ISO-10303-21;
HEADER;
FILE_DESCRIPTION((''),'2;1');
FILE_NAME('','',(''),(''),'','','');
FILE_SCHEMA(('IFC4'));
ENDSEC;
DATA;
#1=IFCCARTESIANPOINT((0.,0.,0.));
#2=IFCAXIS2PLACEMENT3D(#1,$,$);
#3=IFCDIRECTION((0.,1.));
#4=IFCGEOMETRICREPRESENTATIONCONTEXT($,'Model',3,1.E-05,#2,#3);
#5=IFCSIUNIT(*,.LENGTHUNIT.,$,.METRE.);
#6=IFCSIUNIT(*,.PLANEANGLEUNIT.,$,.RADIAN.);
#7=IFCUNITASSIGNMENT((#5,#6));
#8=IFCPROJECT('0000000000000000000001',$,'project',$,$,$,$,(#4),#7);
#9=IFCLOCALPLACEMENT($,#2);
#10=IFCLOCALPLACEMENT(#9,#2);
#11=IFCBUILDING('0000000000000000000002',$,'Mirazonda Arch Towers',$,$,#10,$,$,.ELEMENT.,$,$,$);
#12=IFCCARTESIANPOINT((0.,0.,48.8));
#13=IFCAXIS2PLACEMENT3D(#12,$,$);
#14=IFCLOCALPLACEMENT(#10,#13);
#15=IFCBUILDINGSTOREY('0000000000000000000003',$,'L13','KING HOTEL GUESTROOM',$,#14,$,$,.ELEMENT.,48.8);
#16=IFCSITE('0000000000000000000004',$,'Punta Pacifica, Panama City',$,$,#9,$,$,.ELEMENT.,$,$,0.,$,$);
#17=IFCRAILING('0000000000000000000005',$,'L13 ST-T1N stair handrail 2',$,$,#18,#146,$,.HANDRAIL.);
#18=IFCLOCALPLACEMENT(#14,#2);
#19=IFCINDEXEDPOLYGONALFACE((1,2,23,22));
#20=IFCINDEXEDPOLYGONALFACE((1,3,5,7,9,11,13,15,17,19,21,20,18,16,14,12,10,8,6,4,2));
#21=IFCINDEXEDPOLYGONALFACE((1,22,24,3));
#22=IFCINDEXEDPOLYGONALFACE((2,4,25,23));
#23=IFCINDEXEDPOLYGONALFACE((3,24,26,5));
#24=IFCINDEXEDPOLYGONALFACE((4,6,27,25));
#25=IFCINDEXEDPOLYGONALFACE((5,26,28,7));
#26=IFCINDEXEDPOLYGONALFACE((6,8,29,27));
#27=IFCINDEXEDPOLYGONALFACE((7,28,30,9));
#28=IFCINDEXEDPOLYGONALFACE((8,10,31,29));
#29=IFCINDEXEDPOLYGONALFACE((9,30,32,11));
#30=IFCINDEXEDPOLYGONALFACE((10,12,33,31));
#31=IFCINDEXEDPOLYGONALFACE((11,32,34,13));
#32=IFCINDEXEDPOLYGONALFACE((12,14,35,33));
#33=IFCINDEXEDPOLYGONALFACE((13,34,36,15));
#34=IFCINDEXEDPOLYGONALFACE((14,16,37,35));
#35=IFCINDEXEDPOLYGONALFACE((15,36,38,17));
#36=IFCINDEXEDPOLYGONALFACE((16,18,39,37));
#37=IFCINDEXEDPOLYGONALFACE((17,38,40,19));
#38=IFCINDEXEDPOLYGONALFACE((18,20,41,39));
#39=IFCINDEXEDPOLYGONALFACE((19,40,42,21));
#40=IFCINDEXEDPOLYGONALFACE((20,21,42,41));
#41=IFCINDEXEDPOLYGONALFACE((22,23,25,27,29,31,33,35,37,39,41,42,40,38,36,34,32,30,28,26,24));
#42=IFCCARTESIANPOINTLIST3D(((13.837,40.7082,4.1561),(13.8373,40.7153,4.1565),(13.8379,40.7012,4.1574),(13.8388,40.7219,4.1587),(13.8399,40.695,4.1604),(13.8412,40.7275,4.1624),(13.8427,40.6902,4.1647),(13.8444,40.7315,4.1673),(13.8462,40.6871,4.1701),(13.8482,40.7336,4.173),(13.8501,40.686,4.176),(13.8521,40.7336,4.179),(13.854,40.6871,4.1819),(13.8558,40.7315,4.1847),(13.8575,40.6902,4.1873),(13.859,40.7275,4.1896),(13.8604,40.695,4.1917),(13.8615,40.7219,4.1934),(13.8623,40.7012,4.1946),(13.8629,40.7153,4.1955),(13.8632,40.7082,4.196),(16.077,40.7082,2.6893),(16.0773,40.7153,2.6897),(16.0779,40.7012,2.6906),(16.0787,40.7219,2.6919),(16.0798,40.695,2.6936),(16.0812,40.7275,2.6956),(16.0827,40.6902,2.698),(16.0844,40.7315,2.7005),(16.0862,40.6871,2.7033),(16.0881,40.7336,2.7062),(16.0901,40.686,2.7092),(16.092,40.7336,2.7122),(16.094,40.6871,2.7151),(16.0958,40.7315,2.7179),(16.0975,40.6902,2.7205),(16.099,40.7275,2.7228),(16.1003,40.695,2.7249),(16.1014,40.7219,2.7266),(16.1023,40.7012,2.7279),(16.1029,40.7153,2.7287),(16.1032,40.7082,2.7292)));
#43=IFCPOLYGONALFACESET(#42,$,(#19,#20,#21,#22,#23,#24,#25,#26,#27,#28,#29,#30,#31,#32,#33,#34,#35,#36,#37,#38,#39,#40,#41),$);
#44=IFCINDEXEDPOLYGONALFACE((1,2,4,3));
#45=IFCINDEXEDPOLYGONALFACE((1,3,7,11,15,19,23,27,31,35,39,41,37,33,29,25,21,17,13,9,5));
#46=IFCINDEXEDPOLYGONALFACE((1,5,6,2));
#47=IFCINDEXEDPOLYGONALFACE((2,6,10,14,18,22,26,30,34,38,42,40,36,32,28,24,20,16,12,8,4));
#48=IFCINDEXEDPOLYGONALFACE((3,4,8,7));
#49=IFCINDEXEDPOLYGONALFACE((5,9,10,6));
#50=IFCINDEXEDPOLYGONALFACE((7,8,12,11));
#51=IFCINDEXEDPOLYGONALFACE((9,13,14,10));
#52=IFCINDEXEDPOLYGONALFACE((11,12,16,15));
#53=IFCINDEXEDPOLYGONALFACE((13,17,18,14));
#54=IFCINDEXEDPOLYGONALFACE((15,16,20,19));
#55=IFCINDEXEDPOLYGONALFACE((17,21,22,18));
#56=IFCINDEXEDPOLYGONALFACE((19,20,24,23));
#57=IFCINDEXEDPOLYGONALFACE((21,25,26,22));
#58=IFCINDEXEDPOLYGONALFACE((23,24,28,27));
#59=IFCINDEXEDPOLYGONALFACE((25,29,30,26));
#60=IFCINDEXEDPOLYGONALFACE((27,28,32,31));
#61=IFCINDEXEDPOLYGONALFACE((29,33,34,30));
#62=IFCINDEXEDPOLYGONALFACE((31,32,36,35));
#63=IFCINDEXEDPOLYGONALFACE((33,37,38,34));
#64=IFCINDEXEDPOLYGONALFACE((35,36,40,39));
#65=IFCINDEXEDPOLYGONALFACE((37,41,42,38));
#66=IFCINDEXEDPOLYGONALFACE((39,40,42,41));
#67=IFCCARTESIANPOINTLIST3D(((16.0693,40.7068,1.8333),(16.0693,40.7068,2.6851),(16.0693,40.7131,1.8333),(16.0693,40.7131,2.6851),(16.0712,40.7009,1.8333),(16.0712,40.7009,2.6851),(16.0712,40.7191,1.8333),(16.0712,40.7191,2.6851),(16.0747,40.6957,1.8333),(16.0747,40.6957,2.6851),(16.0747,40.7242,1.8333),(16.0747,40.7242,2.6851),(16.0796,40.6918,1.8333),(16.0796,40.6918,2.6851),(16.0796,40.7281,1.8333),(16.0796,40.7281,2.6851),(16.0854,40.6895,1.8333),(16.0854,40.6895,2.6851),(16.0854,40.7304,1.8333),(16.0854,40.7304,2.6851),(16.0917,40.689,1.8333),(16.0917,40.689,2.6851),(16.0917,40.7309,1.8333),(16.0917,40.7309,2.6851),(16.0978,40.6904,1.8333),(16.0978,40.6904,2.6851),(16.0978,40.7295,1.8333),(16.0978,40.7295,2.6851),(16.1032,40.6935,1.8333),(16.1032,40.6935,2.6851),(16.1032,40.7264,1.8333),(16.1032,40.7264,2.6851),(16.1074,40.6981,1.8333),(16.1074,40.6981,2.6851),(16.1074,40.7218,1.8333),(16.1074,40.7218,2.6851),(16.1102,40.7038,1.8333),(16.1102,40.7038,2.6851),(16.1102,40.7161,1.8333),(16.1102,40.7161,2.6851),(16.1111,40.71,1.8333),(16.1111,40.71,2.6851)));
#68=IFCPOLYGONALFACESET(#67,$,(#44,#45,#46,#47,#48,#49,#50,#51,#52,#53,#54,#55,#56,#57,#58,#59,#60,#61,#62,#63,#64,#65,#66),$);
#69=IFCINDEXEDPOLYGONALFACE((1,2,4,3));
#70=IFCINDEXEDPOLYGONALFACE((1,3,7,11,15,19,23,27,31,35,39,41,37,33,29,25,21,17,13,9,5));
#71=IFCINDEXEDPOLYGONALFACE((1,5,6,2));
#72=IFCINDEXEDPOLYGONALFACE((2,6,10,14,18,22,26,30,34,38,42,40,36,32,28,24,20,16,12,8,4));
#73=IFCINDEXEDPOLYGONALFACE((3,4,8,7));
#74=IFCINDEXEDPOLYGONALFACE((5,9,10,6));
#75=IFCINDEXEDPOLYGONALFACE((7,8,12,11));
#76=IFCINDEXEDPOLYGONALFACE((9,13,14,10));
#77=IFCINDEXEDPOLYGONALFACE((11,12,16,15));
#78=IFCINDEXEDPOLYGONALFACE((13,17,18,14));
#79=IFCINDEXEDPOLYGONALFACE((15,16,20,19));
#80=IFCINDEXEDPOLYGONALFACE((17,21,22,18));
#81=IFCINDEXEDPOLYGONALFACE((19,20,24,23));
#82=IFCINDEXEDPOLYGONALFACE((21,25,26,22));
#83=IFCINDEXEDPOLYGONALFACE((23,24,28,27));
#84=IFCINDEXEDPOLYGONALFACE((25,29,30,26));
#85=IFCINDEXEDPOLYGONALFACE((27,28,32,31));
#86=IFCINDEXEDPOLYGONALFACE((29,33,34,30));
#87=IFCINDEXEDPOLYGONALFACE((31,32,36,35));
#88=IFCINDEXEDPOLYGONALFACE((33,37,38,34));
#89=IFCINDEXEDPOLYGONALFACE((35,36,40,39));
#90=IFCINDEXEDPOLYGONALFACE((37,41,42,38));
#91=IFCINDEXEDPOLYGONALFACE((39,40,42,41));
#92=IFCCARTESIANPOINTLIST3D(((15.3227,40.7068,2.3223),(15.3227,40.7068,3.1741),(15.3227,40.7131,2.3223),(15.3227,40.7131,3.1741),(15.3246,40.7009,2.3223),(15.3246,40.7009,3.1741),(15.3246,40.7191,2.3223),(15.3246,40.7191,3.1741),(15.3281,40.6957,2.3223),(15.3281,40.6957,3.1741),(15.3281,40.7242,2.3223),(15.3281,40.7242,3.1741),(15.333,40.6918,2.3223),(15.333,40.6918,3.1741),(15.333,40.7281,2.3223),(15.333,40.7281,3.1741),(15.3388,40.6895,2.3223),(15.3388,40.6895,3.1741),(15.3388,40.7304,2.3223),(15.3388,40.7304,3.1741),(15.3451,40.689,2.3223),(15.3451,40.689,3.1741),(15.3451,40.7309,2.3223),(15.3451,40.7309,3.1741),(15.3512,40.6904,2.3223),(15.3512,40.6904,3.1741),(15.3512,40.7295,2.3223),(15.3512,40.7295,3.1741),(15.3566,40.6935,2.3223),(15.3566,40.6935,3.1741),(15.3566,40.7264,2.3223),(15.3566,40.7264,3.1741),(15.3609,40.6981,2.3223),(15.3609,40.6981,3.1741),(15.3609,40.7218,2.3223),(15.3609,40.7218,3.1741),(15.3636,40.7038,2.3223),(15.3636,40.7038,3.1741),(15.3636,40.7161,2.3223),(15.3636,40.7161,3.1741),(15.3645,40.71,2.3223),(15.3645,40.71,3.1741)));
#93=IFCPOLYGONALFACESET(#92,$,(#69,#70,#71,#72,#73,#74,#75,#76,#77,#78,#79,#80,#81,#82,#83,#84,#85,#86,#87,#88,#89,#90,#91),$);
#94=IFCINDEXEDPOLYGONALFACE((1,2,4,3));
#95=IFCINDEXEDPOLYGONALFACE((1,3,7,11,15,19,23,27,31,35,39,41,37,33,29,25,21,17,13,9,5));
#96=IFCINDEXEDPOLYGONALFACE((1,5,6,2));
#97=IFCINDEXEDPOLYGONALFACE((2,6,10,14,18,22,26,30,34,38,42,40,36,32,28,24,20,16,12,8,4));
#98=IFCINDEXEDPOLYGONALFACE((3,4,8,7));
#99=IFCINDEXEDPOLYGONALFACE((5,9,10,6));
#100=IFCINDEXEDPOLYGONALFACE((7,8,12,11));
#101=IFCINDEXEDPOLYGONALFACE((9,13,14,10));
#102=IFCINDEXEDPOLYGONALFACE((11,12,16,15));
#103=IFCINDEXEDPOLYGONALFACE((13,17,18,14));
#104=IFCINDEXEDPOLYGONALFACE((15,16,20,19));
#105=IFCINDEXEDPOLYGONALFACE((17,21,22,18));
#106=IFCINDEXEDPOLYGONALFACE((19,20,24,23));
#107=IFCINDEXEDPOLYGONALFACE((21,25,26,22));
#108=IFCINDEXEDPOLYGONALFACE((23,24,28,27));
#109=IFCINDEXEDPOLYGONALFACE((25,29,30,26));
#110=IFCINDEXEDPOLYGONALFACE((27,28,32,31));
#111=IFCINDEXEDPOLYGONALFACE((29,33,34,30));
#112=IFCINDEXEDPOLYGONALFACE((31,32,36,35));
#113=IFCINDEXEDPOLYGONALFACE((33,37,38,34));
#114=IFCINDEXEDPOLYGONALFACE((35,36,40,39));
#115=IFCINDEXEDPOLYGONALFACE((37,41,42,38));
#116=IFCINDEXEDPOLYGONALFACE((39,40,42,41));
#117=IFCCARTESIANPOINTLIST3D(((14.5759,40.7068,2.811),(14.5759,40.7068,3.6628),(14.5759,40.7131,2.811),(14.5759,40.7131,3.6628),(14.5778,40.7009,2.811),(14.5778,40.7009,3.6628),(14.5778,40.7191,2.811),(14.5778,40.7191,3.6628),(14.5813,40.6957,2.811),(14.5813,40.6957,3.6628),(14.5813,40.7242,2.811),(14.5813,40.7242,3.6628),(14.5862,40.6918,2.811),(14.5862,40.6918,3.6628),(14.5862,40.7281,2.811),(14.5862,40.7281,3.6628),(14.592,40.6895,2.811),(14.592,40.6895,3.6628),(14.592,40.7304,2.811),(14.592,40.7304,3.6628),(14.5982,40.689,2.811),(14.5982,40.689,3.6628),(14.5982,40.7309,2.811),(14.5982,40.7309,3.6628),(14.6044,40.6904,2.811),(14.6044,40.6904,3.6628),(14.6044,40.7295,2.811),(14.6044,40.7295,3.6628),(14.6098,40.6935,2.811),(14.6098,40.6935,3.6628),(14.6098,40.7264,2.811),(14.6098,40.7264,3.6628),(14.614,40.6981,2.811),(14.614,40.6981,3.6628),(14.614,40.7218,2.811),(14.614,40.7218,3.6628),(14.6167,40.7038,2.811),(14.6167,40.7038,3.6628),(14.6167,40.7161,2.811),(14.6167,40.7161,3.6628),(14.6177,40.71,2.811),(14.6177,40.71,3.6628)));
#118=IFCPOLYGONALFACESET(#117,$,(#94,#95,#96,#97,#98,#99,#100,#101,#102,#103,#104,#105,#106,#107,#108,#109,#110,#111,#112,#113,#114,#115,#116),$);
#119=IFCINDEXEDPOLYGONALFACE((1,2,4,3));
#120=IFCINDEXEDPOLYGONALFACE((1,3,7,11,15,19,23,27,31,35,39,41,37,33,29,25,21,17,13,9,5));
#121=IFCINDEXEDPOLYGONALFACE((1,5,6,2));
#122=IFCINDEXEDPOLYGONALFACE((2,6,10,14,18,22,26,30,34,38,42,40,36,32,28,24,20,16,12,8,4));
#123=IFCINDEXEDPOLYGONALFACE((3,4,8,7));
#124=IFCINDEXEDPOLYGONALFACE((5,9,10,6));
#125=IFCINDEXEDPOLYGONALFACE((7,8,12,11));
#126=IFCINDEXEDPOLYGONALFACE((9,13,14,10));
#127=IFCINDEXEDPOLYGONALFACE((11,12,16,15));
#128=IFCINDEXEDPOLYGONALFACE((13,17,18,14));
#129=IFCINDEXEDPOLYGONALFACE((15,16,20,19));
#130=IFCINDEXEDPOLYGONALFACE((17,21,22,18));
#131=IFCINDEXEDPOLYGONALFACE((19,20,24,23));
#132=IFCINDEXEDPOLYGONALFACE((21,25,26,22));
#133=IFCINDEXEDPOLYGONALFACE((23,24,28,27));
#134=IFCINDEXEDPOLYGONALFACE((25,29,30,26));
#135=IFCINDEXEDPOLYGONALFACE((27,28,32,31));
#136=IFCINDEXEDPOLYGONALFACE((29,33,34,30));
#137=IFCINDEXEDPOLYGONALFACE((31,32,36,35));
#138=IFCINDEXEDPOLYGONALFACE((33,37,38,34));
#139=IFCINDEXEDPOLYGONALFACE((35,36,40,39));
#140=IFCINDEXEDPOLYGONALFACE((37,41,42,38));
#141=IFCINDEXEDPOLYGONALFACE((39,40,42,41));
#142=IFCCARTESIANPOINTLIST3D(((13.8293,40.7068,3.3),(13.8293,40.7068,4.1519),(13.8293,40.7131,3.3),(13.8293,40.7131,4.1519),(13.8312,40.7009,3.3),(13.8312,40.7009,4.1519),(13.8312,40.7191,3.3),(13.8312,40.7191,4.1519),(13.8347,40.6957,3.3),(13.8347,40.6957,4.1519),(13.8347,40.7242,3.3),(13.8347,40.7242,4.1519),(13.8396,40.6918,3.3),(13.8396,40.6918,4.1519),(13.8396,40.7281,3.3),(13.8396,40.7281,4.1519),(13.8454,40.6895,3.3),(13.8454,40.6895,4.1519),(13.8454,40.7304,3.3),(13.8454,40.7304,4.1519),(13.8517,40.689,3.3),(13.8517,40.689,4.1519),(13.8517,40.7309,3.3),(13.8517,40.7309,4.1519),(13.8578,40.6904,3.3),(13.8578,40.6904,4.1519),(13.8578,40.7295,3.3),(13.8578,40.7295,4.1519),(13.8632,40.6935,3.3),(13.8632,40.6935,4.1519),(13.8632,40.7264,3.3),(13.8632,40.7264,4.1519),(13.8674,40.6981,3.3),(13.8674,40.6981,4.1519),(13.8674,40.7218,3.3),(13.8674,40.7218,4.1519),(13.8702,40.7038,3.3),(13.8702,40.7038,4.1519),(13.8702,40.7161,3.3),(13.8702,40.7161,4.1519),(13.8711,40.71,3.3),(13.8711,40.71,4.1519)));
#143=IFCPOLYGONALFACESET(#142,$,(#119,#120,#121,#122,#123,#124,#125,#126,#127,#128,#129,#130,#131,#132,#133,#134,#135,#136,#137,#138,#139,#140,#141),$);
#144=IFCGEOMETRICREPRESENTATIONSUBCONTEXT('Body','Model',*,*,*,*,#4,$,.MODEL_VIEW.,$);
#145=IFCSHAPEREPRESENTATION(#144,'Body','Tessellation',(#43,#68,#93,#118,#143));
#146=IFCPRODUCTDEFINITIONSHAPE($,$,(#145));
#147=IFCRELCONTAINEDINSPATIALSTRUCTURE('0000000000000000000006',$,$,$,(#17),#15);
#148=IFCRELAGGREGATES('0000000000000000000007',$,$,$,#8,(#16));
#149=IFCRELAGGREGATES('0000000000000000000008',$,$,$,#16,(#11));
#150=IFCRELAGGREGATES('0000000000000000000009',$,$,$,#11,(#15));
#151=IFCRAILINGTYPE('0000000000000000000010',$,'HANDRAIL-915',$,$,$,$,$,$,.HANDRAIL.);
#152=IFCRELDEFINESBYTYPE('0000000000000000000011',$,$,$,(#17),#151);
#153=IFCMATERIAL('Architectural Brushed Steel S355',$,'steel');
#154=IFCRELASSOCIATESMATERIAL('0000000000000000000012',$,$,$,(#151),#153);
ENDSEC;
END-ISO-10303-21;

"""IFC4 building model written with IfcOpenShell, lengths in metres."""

from ifc_helpers import new_model, si_unit, direction, frame, origin, origin_2d, place, context, subcontext, project, spatial, circle, extrude, material, type_object, element, save


model = new_model("IFC4")

# Units and contexts
model_context = context("Model", 3, precision=1e-05, world=origin(), true_north=direction((0.0, 1.0)))
body_context = subcontext(model_context, "Body", "Model", "MODEL_VIEW")
ifc_project = project(units=[si_unit("LENGTHUNIT", "METRE"), si_unit("PLANEANGLEUNIT", "RADIAN")], contexts=[model_context])

# Site, building, storey
site_placement = place(None, origin())
site = spatial("IfcSite", under=ifc_project, at=site_placement, Name="Punta Pacifica, Panama City", CompositionType="ELEMENT", RefElevation=0.0)
building_placement = place(site_placement, origin())
building = spatial("IfcBuilding", under=site, at=building_placement, Name="Mirazonda Arch Towers", CompositionType="ELEMENT")
storey_placement = place(building_placement, frame((0.0, 0.0, 48.8)))
storey = spatial("IfcBuildingStorey", under=building, at=storey_placement, Name="L13", Description="KING HOTEL GUESTROOM", CompositionType="ELEMENT", Elevation=48.8)

# Shared definitions
ifc_material_1 = material(Name="Architectural Brushed Steel S355", Category="steel")

# Railing
railing_type_1 = type_object("IfcRailingType", Name="HANDRAIL-915", PredefinedType="HANDRAIL", material=ifc_material_1)
railing_1_placement = place(storey_placement, frame((16.0901, 40.71, 1.8333)))
element("IfcRailing", 1, at=railing_1_placement, inside=storey, type_object=railing_type_1, Name="L13 ST-T1N stair handrail 2", PredefinedType="HANDRAIL", context=body_context, shape_type="SweptSolid", body=[
    extrude(circle(Radius=0.0239, at=origin_2d()), frame((0.0, 0.0, 0.876), z_axis=(-0.836595, 0.0, 0.547822), x_axis=(0.0, -1.0, 0.0)), (0.0, 0.0, 1.0), 2.6775),
    extrude(circle(Radius=0.021, at=origin_2d()), origin(), (0.0, 0.0, 1.0), 0.8518),
    extrude(circle(Radius=0.021, at=origin_2d()), frame((-0.7466, 0.0, 0.489)), (0.0, 0.0, 1.0), 0.8518),
    extrude(circle(Radius=0.021, at=origin_2d()), frame((-1.4934, 0.0, 0.9778)), (0.0, 0.0, 1.0), 0.8518),
    extrude(circle(Radius=0.021, at=origin_2d()), frame((-2.24, 0.0, 1.4668)), (0.0, 0.0, 1.0), 0.8518),
])

save(model, "model.ifc")
